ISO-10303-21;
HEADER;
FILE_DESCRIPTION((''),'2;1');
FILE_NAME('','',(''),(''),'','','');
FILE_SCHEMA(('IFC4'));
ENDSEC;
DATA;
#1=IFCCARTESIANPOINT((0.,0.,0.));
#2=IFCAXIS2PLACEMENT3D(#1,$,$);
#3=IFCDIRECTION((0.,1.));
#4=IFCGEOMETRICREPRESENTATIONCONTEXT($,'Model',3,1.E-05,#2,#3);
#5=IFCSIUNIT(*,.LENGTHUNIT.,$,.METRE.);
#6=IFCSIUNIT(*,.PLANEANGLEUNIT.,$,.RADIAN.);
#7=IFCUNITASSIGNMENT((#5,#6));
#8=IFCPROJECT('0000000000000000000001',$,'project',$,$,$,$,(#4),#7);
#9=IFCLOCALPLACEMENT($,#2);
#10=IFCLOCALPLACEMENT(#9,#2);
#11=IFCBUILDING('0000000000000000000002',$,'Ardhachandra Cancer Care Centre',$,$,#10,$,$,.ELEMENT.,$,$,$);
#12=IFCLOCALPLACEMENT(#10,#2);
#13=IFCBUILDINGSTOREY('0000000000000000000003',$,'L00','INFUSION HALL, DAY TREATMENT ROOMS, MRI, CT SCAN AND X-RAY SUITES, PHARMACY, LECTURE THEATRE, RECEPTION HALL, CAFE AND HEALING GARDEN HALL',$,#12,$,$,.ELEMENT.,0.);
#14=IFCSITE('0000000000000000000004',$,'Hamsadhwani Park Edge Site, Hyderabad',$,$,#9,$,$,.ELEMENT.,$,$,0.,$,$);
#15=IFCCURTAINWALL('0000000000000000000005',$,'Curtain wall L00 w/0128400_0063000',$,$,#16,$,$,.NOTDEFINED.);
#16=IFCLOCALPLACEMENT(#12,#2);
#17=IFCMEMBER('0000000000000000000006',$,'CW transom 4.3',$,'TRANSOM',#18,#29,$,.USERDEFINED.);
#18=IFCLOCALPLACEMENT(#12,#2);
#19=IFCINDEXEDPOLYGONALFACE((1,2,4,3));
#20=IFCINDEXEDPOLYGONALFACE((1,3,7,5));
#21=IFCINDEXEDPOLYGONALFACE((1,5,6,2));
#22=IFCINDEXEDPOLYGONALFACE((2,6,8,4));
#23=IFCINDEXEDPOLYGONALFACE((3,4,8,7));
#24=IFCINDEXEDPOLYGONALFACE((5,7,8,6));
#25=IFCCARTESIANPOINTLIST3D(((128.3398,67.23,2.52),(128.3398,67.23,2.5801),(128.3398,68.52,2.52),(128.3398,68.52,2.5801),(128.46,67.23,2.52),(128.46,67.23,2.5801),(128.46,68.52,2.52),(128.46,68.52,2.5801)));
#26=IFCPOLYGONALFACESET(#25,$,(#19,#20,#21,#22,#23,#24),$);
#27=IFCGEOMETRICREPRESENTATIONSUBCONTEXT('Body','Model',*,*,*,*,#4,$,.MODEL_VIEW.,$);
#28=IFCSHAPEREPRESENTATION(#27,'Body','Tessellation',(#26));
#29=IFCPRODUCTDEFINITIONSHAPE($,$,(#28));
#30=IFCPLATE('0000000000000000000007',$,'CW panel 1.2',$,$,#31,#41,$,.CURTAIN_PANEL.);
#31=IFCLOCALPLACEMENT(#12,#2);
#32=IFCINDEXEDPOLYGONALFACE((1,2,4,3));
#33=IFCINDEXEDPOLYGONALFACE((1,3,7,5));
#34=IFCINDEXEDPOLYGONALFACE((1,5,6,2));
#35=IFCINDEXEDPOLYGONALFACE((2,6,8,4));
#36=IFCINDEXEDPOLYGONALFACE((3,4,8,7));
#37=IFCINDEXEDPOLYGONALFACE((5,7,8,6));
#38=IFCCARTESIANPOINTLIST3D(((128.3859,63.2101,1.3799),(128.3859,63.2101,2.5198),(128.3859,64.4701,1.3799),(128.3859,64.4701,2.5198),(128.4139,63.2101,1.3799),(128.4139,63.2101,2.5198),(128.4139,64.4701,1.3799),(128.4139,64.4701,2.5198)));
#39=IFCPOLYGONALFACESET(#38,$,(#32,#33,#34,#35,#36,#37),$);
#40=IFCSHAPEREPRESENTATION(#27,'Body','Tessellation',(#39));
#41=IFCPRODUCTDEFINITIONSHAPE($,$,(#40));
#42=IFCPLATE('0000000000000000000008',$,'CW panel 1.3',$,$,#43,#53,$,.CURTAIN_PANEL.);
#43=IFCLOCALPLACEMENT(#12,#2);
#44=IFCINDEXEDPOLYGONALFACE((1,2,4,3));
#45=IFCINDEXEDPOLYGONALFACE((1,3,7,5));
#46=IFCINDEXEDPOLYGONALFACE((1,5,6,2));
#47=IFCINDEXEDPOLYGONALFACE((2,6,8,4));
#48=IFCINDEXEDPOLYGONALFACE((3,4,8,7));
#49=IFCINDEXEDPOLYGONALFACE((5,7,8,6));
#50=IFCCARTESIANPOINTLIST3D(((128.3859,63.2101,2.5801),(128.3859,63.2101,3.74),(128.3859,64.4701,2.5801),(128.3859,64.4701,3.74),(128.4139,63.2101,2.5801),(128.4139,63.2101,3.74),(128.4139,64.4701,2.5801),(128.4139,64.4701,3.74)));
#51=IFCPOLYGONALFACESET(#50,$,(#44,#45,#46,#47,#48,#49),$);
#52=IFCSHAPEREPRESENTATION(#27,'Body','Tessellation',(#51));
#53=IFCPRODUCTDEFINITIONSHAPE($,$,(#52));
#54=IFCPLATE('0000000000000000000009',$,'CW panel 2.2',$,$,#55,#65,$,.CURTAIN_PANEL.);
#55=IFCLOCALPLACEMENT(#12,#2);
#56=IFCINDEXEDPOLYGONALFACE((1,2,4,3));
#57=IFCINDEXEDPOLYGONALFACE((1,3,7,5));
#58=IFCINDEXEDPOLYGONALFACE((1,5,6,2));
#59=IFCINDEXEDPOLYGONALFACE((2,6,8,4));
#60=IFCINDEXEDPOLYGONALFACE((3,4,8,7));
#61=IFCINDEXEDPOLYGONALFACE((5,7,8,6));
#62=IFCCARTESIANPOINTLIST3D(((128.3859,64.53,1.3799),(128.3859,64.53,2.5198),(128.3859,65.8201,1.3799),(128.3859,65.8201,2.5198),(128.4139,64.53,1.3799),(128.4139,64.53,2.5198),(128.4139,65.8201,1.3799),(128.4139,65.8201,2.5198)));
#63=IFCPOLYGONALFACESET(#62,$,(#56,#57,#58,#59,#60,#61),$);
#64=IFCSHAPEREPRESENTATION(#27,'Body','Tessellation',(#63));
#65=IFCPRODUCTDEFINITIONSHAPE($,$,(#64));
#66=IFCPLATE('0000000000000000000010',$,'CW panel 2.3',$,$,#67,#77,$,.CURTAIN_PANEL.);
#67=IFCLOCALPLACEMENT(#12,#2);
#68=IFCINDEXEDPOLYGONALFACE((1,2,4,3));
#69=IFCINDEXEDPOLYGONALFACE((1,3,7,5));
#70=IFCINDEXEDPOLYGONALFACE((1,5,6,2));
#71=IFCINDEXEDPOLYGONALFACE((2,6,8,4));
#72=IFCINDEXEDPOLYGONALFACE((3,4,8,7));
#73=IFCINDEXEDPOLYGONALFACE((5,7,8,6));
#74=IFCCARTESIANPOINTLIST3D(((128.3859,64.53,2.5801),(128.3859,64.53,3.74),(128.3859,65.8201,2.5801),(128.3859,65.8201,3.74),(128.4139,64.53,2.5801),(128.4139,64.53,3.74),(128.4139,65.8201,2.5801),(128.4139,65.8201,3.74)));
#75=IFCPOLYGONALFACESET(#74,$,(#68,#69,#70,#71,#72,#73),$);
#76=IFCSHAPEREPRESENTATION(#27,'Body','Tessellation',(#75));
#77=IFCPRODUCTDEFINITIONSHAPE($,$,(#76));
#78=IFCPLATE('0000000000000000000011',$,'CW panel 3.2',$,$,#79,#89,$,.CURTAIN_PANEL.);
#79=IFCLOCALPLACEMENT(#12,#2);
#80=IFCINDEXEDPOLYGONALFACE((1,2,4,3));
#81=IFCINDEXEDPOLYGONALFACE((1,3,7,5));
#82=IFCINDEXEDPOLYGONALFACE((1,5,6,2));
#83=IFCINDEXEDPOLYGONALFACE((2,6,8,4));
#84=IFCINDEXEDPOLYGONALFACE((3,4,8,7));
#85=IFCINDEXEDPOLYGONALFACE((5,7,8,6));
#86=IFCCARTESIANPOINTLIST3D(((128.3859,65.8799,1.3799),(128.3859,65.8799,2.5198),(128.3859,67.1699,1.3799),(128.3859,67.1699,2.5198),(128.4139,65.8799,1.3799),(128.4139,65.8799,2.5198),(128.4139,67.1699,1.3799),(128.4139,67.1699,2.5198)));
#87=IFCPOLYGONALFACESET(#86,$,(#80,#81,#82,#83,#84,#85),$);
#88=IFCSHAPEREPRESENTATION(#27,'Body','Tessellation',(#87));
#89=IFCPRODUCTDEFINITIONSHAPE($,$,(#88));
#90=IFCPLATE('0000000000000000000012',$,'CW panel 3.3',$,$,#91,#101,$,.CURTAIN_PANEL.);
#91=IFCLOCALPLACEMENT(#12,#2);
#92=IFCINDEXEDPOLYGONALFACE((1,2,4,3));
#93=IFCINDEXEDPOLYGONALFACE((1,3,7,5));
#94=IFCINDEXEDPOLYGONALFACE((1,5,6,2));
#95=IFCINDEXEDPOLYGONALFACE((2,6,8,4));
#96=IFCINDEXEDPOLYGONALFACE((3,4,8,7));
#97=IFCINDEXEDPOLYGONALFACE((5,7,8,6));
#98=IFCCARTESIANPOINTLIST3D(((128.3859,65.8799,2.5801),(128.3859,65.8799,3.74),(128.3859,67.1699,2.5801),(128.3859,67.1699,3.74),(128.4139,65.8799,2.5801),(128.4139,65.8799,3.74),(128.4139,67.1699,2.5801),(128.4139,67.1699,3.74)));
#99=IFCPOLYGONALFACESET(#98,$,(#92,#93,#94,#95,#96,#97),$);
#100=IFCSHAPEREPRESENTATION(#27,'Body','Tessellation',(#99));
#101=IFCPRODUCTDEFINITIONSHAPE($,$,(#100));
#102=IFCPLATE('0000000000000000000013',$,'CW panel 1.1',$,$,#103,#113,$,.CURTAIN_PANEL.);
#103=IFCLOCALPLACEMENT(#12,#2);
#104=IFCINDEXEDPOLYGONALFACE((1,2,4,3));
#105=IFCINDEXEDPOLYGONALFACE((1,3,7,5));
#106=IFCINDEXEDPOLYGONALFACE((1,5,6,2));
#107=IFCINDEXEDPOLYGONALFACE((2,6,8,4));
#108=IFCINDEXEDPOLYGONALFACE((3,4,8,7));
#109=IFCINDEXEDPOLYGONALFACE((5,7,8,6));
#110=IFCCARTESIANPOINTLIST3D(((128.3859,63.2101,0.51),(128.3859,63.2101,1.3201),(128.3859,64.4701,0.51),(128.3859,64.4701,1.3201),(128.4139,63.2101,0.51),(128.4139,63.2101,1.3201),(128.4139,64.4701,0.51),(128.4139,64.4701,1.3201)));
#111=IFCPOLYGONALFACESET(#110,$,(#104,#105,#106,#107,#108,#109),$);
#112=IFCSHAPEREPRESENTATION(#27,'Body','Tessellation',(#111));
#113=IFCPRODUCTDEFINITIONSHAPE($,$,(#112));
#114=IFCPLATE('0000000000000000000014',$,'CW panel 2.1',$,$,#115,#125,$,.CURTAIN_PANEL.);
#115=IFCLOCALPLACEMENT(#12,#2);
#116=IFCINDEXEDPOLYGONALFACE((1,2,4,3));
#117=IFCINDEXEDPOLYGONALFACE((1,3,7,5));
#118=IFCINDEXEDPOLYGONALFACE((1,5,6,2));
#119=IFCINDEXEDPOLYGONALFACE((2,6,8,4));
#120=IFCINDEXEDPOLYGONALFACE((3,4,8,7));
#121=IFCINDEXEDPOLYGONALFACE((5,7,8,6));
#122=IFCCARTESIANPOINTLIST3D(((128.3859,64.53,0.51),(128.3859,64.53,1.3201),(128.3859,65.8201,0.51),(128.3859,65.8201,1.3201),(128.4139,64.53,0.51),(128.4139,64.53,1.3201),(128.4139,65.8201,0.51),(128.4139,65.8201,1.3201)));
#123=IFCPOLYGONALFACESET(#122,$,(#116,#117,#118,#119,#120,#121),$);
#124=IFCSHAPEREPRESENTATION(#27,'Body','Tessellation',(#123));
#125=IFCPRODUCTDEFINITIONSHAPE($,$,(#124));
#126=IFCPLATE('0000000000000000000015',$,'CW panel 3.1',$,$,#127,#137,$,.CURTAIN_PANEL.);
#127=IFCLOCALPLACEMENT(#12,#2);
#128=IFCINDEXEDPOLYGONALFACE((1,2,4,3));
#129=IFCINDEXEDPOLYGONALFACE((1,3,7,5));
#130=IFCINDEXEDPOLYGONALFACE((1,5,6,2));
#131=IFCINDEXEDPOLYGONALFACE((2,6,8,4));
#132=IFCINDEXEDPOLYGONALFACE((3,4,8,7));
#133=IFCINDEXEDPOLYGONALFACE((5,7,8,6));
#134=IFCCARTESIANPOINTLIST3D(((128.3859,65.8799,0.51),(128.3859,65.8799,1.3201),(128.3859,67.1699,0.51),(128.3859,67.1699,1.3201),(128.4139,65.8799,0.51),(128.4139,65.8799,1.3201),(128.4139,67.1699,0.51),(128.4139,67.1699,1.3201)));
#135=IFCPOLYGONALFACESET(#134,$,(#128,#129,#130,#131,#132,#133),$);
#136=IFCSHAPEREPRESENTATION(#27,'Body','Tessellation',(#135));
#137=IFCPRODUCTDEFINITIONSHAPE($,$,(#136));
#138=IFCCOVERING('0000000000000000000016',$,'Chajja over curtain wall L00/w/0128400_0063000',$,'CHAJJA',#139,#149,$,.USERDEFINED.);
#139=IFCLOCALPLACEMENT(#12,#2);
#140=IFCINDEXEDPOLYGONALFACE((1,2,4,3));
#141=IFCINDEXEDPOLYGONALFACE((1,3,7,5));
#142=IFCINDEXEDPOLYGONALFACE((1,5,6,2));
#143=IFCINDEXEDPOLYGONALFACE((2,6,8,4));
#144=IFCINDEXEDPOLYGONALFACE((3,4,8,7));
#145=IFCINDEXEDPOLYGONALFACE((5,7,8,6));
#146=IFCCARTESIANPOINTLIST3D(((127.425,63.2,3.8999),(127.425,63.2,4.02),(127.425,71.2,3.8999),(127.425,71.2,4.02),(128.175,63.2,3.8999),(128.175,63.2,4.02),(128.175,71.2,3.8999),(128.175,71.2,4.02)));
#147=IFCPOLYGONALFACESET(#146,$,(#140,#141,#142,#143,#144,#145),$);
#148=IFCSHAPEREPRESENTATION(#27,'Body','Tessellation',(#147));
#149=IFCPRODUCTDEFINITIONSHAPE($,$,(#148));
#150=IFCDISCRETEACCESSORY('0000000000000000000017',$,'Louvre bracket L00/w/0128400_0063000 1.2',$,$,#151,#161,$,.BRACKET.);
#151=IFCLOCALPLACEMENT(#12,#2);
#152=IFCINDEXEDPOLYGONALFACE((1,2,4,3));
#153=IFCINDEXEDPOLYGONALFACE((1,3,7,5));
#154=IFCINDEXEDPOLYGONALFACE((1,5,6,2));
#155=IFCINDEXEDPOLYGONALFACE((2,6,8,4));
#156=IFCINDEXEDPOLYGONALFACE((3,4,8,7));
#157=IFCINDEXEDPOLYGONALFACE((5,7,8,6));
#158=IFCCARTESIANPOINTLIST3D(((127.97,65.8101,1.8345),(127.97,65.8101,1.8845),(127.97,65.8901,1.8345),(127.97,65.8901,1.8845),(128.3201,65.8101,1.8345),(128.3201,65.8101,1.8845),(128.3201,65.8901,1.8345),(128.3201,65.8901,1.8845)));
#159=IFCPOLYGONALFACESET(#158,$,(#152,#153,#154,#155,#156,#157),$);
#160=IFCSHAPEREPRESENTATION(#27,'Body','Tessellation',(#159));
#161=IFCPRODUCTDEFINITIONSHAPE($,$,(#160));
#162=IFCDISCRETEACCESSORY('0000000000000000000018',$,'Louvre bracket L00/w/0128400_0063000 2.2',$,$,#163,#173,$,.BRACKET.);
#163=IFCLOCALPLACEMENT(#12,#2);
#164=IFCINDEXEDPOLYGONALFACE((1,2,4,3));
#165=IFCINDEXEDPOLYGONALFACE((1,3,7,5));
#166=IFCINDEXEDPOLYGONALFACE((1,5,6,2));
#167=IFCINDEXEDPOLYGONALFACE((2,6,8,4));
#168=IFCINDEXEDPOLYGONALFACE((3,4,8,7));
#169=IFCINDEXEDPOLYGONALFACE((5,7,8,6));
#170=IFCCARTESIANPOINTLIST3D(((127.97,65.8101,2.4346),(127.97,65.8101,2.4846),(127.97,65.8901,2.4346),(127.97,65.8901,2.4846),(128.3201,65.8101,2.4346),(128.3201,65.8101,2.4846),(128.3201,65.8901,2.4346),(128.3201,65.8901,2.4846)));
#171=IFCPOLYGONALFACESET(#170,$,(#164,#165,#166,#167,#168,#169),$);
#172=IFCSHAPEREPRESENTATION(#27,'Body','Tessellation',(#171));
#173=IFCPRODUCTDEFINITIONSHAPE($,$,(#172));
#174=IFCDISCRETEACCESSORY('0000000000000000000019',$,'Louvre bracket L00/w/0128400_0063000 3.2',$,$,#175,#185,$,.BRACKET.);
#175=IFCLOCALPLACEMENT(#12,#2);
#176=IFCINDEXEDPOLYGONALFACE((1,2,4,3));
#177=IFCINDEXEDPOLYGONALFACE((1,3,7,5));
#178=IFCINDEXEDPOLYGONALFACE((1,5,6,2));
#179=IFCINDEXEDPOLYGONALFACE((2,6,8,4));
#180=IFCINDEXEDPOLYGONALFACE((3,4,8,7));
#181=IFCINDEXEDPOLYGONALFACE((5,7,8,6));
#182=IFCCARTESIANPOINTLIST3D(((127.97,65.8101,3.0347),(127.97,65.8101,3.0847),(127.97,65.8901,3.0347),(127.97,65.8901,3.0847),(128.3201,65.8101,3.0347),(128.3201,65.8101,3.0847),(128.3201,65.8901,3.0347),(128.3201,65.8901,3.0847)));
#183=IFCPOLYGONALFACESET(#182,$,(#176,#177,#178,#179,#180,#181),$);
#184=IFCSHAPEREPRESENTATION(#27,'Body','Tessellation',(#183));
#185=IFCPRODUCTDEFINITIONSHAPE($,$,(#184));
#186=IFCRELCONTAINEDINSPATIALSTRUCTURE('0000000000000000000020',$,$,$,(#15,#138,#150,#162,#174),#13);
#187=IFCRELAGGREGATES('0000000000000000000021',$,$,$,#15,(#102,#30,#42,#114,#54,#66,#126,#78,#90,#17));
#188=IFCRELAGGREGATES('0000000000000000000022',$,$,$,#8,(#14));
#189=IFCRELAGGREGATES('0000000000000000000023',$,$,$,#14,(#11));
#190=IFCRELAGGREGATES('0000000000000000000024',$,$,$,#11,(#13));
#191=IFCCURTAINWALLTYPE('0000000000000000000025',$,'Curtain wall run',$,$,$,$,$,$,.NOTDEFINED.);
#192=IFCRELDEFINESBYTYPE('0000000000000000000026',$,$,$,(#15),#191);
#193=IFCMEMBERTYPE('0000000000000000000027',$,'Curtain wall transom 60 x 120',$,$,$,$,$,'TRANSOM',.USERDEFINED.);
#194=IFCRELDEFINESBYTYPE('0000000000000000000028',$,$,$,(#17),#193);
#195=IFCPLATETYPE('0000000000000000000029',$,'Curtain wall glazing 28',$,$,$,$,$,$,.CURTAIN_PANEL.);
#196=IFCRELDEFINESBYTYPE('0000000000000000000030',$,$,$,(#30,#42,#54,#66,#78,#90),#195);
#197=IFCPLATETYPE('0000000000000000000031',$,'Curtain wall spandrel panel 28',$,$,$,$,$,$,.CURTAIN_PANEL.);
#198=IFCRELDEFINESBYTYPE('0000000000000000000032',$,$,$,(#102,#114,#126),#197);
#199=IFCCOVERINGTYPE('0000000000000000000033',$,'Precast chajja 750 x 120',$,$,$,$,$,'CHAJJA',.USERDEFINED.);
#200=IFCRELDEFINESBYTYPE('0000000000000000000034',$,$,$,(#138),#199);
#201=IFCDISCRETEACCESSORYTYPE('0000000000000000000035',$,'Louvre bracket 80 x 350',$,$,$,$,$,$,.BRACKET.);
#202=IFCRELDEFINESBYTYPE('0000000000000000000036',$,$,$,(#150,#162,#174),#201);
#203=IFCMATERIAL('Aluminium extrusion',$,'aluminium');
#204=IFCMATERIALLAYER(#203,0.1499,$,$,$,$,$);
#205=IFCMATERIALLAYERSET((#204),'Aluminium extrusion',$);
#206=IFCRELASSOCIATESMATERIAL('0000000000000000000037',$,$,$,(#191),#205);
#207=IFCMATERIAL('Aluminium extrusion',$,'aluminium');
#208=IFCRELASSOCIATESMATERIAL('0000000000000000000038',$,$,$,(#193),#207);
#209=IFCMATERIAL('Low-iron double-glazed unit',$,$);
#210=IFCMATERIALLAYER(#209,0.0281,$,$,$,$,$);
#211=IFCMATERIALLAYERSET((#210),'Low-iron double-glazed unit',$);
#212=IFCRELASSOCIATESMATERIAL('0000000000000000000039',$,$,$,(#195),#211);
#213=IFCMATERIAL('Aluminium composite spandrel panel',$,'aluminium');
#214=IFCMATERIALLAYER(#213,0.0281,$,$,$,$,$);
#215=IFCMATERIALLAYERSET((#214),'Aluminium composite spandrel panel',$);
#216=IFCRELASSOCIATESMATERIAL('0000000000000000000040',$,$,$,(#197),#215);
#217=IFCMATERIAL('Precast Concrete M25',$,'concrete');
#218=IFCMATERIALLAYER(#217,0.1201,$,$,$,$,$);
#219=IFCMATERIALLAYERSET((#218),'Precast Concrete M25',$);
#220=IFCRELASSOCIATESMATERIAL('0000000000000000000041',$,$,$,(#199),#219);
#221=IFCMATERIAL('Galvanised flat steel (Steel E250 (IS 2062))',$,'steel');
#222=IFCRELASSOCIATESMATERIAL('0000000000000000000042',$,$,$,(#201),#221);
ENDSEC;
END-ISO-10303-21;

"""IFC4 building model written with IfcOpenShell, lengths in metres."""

from ifc_helpers import new_model, si_unit, direction, frame, origin, origin_2d, place, context, subcontext, project, spatial, rectangle, extrude, material, layer, layer_set, material_profile, profile_set, type_object, element, aggregate, save


model = new_model("IFC4")

# Units and contexts
model_context = context("Model", 3, precision=1e-05, world=origin(), true_north=direction((0.0, 1.0)))
body_context = subcontext(model_context, "Body", "Model", "MODEL_VIEW")
ifc_project = project(units=[si_unit("LENGTHUNIT", "METRE"), si_unit("PLANEANGLEUNIT", "RADIAN")], contexts=[model_context])

# Site, building, storey
site_placement = place(None, origin())
site = spatial("IfcSite", under=ifc_project, at=site_placement, Name="Hamsadhwani Park Edge Site, Hyderabad", CompositionType="ELEMENT", RefElevation=0.0)
building_placement = place(site_placement, origin())
building = spatial("IfcBuilding", under=site, at=building_placement, Name="Ardhachandra Cancer Care Centre", CompositionType="ELEMENT")
storey_placement = place(building_placement, origin())
storey = spatial("IfcBuildingStorey", under=building, at=storey_placement, Name="L00", Description="INFUSION HALL, DAY TREATMENT ROOMS, MRI, CT SCAN AND X-RAY SUITES, PHARMACY, LECTURE THEATRE, RECEPTION HALL, CAFE AND HEALING GARDEN HALL", CompositionType="ELEMENT", Elevation=0.0)

# Curtain wall, member, plates
ifc_material_1 = material(Name="Aluminium extrusion", Category="aluminium")
ifc_layer_1 = layer(ifc_material_1, 0.1499)
ifc_layer_set_1 = layer_set([ifc_layer_1], Name="Aluminium extrusion")
curtain_wall_type = type_object("IfcCurtainWallType", Name="Curtain wall run", PredefinedType="NOTDEFINED", material=ifc_layer_set_1)
curtain_wall_placement = place(storey_placement, origin())
curtain_wall = element("IfcCurtainWall", 1, at=curtain_wall_placement, inside=storey, type_object=curtain_wall_type, Name="Curtain wall L00 w/0128400_0063000", PredefinedType="NOTDEFINED")
ifc_material_2 = material(Name="Aluminium extrusion", Category="aluminium")
ifc_material_profile_1 = material_profile(ifc_material_2, rectangle(XDim=0.1201, YDim=0.0601, at=origin_2d()), Name="Curtain wall transom 60 x 120")
ifc_profile_set_1 = profile_set([ifc_material_profile_1], Name="Aluminium extrusion")
member_type_1 = type_object("IfcMemberType", Name="Curtain wall transom 60 x 120", ElementType="TRANSOM", PredefinedType="USERDEFINED", material=ifc_profile_set_1)
member_1_placement = place(storey_placement, frame((128.3999, 67.23, 2.55), z_axis=(0.0, 1.0, 0.0), x_axis=(-1.0, 0.0, 0.0)))
member_1 = element("IfcMember", 2, at=member_1_placement, type_object=member_type_1, Name="CW transom 4.3", ObjectType="TRANSOM", PredefinedType="USERDEFINED", context=body_context, shape_type="SweptSolid", body=[
    extrude(rectangle(XDim=0.1201, YDim=0.0601, at=origin_2d()), origin(), (0.0, 0.0, 1.0), 1.29),
])
ifc_material_3 = material(Name="Low-iron double-glazed unit")
ifc_layer_2 = layer(ifc_material_3, 0.0281)
ifc_layer_set_2 = layer_set([ifc_layer_2], Name="Low-iron double-glazed unit")
plate_type_1 = type_object("IfcPlateType", Name="Curtain wall glazing 28", PredefinedType="CURTAIN_PANEL", material=ifc_layer_set_2)
plate_1_placement = place(storey_placement, frame((128.3999, 63.8401, 1.3799), z_axis=(0.0, 0.0, 1.0), x_axis=(0.0, 1.0, 0.0)))
plate_1 = element("IfcPlate", 3, at=plate_1_placement, type_object=plate_type_1, Name="CW panel 1.2", PredefinedType="CURTAIN_PANEL", context=body_context, shape_type="SweptSolid", body=[
    extrude(rectangle(XDim=1.26, YDim=0.0281, at=origin_2d()), origin(), (0.0, 0.0, 1.0), 1.1399),
])
plate_2_placement = place(storey_placement, frame((128.3999, 63.8401, 2.5801), z_axis=(0.0, 0.0, 1.0), x_axis=(0.0, 1.0, 0.0)))
plate_2 = element("IfcPlate", 4, at=plate_2_placement, type_object=plate_type_1, Name="CW panel 1.3", PredefinedType="CURTAIN_PANEL", context=body_context, shape_type="SweptSolid", body=[
    extrude(rectangle(XDim=1.26, YDim=0.0281, at=origin_2d()), origin(), (0.0, 0.0, 1.0), 1.1599),
])
plate_3_placement = place(storey_placement, frame((128.3999, 65.175, 1.3799), z_axis=(0.0, 0.0, 1.0), x_axis=(0.0, 1.0, 0.0)))
plate_3 = element("IfcPlate", 5, at=plate_3_placement, type_object=plate_type_1, Name="CW panel 2.2", PredefinedType="CURTAIN_PANEL", context=body_context, shape_type="SweptSolid", body=[
    extrude(rectangle(XDim=1.29, YDim=0.0281, at=origin_2d()), origin(), (0.0, 0.0, 1.0), 1.1399),
])
plate_4_placement = place(storey_placement, frame((128.3999, 65.175, 2.5801), z_axis=(0.0, 0.0, 1.0), x_axis=(0.0, 1.0, 0.0)))
plate_4 = element("IfcPlate", 6, at=plate_4_placement, type_object=plate_type_1, Name="CW panel 2.3", PredefinedType="CURTAIN_PANEL", context=body_context, shape_type="SweptSolid", body=[
    extrude(rectangle(XDim=1.29, YDim=0.0281, at=origin_2d()), origin(), (0.0, 0.0, 1.0), 1.1599),
])
plate_5_placement = place(storey_placement, frame((128.3999, 66.5249, 1.3799), z_axis=(0.0, 0.0, 1.0), x_axis=(0.0, 1.0, 0.0)))
plate_5 = element("IfcPlate", 7, at=plate_5_placement, type_object=plate_type_1, Name="CW panel 3.2", PredefinedType="CURTAIN_PANEL", context=body_context, shape_type="SweptSolid", body=[
    extrude(rectangle(XDim=1.29, YDim=0.0281, at=origin_2d()), origin(), (0.0, 0.0, 1.0), 1.1399),
])
plate_6_placement = place(storey_placement, frame((128.3999, 66.5249, 2.5801), z_axis=(0.0, 0.0, 1.0), x_axis=(0.0, 1.0, 0.0)))
plate_6 = element("IfcPlate", 8, at=plate_6_placement, type_object=plate_type_1, Name="CW panel 3.3", PredefinedType="CURTAIN_PANEL", context=body_context, shape_type="SweptSolid", body=[
    extrude(rectangle(XDim=1.29, YDim=0.0281, at=origin_2d()), origin(), (0.0, 0.0, 1.0), 1.1599),
])
ifc_material_4 = material(Name="Aluminium composite spandrel panel", Category="aluminium")
ifc_layer_3 = layer(ifc_material_4, 0.0281)
ifc_layer_set_3 = layer_set([ifc_layer_3], Name="Aluminium composite spandrel panel")
plate_type_2 = type_object("IfcPlateType", Name="Curtain wall spandrel panel 28", PredefinedType="CURTAIN_PANEL", material=ifc_layer_set_3)
plate_7_placement = place(storey_placement, frame((128.3999, 63.8401, 0.51), z_axis=(0.0, 0.0, 1.0), x_axis=(0.0, 1.0, 0.0)))
plate_7 = element("IfcPlate", 9, at=plate_7_placement, type_object=plate_type_2, Name="CW panel 1.1", PredefinedType="CURTAIN_PANEL", context=body_context, shape_type="SweptSolid", body=[
    extrude(rectangle(XDim=1.26, YDim=0.0281, at=origin_2d()), origin(), (0.0, 0.0, 1.0), 0.8101),
])
plate_8_placement = place(storey_placement, frame((128.3999, 65.175, 0.51), z_axis=(0.0, 0.0, 1.0), x_axis=(0.0, 1.0, 0.0)))
plate_8 = element("IfcPlate", 10, at=plate_8_placement, type_object=plate_type_2, Name="CW panel 2.1", PredefinedType="CURTAIN_PANEL", context=body_context, shape_type="SweptSolid", body=[
    extrude(rectangle(XDim=1.29, YDim=0.0281, at=origin_2d()), origin(), (0.0, 0.0, 1.0), 0.8101),
])
plate_9_placement = place(storey_placement, frame((128.3999, 66.5249, 0.51), z_axis=(0.0, 0.0, 1.0), x_axis=(0.0, 1.0, 0.0)))
plate_9 = element("IfcPlate", 11, at=plate_9_placement, type_object=plate_type_2, Name="CW panel 3.1", PredefinedType="CURTAIN_PANEL", context=body_context, shape_type="SweptSolid", body=[
    extrude(rectangle(XDim=1.29, YDim=0.0281, at=origin_2d()), origin(), (0.0, 0.0, 1.0), 0.8101),
])
aggregate(curtain_wall, [plate_7, plate_1, plate_2, plate_8, plate_3, plate_4, plate_9, plate_5, plate_6, member_1])

# Covering
ifc_material_5 = material(Name="Precast Concrete M25", Category="concrete")
ifc_layer_4 = layer(ifc_material_5, 0.1201)
ifc_layer_set_4 = layer_set([ifc_layer_4], Name="Precast Concrete M25")
covering_type = type_object("IfcCoveringType", Name="Precast chajja 750 x 120", ElementType="CHAJJA", PredefinedType="USERDEFINED", material=ifc_layer_set_4)
covering_placement = place(storey_placement, frame((127.8, 67.2, 3.8999), z_axis=(0.0, 0.0, 1.0), x_axis=(0.0, 1.0, 0.0)))
element("IfcCovering", 12, at=covering_placement, inside=storey, type_object=covering_type, Name="Chajja over curtain wall L00/w/0128400_0063000", ObjectType="CHAJJA", PredefinedType="USERDEFINED", context=body_context, shape_type="SweptSolid", body=[
    extrude(rectangle(XDim=8.0, YDim=0.75, at=origin_2d()), origin(), (0.0, 0.0, 1.0), 0.1201),
])

# Discrete accessories
ifc_material_6 = material(Name="Galvanised flat steel (Steel E250 (IS 2062))", Category="steel")
discrete_accessory_type = type_object("IfcDiscreteAccessoryType", Name="Louvre bracket 80 x 350", PredefinedType="BRACKET", material=ifc_material_6)
for number, where, z_axis, x_axis, name in (
    (13, (128.145, 65.8501, 1.8345), (0.0, 0.0, 1.0), (0.0, 1.0, 0.0), "Louvre bracket L00/w/0128400_0063000 1.2"),
    (14, (128.145, 65.8501, 2.4346), (0.0, 0.0, 1.0), (0.0, 1.0, 0.0), "Louvre bracket L00/w/0128400_0063000 2.2"),
    (15, (128.145, 65.8501, 3.0347), (0.0, 0.0, 1.0), (0.0, 1.0, 0.0), "Louvre bracket L00/w/0128400_0063000 3.2"),
):
    element("IfcDiscreteAccessory", number, at=place(storey_placement, frame(where, z_axis=z_axis, x_axis=x_axis)), inside=storey, type_object=discrete_accessory_type, Name=name, PredefinedType="BRACKET", context=body_context, shape_type="SweptSolid", body=[
        extrude(rectangle(XDim=0.0801, YDim=0.3501, at=origin_2d()), origin(), (0.0, 0.0, 1.0), 0.05),
    ])

save(model, "model.ifc")
